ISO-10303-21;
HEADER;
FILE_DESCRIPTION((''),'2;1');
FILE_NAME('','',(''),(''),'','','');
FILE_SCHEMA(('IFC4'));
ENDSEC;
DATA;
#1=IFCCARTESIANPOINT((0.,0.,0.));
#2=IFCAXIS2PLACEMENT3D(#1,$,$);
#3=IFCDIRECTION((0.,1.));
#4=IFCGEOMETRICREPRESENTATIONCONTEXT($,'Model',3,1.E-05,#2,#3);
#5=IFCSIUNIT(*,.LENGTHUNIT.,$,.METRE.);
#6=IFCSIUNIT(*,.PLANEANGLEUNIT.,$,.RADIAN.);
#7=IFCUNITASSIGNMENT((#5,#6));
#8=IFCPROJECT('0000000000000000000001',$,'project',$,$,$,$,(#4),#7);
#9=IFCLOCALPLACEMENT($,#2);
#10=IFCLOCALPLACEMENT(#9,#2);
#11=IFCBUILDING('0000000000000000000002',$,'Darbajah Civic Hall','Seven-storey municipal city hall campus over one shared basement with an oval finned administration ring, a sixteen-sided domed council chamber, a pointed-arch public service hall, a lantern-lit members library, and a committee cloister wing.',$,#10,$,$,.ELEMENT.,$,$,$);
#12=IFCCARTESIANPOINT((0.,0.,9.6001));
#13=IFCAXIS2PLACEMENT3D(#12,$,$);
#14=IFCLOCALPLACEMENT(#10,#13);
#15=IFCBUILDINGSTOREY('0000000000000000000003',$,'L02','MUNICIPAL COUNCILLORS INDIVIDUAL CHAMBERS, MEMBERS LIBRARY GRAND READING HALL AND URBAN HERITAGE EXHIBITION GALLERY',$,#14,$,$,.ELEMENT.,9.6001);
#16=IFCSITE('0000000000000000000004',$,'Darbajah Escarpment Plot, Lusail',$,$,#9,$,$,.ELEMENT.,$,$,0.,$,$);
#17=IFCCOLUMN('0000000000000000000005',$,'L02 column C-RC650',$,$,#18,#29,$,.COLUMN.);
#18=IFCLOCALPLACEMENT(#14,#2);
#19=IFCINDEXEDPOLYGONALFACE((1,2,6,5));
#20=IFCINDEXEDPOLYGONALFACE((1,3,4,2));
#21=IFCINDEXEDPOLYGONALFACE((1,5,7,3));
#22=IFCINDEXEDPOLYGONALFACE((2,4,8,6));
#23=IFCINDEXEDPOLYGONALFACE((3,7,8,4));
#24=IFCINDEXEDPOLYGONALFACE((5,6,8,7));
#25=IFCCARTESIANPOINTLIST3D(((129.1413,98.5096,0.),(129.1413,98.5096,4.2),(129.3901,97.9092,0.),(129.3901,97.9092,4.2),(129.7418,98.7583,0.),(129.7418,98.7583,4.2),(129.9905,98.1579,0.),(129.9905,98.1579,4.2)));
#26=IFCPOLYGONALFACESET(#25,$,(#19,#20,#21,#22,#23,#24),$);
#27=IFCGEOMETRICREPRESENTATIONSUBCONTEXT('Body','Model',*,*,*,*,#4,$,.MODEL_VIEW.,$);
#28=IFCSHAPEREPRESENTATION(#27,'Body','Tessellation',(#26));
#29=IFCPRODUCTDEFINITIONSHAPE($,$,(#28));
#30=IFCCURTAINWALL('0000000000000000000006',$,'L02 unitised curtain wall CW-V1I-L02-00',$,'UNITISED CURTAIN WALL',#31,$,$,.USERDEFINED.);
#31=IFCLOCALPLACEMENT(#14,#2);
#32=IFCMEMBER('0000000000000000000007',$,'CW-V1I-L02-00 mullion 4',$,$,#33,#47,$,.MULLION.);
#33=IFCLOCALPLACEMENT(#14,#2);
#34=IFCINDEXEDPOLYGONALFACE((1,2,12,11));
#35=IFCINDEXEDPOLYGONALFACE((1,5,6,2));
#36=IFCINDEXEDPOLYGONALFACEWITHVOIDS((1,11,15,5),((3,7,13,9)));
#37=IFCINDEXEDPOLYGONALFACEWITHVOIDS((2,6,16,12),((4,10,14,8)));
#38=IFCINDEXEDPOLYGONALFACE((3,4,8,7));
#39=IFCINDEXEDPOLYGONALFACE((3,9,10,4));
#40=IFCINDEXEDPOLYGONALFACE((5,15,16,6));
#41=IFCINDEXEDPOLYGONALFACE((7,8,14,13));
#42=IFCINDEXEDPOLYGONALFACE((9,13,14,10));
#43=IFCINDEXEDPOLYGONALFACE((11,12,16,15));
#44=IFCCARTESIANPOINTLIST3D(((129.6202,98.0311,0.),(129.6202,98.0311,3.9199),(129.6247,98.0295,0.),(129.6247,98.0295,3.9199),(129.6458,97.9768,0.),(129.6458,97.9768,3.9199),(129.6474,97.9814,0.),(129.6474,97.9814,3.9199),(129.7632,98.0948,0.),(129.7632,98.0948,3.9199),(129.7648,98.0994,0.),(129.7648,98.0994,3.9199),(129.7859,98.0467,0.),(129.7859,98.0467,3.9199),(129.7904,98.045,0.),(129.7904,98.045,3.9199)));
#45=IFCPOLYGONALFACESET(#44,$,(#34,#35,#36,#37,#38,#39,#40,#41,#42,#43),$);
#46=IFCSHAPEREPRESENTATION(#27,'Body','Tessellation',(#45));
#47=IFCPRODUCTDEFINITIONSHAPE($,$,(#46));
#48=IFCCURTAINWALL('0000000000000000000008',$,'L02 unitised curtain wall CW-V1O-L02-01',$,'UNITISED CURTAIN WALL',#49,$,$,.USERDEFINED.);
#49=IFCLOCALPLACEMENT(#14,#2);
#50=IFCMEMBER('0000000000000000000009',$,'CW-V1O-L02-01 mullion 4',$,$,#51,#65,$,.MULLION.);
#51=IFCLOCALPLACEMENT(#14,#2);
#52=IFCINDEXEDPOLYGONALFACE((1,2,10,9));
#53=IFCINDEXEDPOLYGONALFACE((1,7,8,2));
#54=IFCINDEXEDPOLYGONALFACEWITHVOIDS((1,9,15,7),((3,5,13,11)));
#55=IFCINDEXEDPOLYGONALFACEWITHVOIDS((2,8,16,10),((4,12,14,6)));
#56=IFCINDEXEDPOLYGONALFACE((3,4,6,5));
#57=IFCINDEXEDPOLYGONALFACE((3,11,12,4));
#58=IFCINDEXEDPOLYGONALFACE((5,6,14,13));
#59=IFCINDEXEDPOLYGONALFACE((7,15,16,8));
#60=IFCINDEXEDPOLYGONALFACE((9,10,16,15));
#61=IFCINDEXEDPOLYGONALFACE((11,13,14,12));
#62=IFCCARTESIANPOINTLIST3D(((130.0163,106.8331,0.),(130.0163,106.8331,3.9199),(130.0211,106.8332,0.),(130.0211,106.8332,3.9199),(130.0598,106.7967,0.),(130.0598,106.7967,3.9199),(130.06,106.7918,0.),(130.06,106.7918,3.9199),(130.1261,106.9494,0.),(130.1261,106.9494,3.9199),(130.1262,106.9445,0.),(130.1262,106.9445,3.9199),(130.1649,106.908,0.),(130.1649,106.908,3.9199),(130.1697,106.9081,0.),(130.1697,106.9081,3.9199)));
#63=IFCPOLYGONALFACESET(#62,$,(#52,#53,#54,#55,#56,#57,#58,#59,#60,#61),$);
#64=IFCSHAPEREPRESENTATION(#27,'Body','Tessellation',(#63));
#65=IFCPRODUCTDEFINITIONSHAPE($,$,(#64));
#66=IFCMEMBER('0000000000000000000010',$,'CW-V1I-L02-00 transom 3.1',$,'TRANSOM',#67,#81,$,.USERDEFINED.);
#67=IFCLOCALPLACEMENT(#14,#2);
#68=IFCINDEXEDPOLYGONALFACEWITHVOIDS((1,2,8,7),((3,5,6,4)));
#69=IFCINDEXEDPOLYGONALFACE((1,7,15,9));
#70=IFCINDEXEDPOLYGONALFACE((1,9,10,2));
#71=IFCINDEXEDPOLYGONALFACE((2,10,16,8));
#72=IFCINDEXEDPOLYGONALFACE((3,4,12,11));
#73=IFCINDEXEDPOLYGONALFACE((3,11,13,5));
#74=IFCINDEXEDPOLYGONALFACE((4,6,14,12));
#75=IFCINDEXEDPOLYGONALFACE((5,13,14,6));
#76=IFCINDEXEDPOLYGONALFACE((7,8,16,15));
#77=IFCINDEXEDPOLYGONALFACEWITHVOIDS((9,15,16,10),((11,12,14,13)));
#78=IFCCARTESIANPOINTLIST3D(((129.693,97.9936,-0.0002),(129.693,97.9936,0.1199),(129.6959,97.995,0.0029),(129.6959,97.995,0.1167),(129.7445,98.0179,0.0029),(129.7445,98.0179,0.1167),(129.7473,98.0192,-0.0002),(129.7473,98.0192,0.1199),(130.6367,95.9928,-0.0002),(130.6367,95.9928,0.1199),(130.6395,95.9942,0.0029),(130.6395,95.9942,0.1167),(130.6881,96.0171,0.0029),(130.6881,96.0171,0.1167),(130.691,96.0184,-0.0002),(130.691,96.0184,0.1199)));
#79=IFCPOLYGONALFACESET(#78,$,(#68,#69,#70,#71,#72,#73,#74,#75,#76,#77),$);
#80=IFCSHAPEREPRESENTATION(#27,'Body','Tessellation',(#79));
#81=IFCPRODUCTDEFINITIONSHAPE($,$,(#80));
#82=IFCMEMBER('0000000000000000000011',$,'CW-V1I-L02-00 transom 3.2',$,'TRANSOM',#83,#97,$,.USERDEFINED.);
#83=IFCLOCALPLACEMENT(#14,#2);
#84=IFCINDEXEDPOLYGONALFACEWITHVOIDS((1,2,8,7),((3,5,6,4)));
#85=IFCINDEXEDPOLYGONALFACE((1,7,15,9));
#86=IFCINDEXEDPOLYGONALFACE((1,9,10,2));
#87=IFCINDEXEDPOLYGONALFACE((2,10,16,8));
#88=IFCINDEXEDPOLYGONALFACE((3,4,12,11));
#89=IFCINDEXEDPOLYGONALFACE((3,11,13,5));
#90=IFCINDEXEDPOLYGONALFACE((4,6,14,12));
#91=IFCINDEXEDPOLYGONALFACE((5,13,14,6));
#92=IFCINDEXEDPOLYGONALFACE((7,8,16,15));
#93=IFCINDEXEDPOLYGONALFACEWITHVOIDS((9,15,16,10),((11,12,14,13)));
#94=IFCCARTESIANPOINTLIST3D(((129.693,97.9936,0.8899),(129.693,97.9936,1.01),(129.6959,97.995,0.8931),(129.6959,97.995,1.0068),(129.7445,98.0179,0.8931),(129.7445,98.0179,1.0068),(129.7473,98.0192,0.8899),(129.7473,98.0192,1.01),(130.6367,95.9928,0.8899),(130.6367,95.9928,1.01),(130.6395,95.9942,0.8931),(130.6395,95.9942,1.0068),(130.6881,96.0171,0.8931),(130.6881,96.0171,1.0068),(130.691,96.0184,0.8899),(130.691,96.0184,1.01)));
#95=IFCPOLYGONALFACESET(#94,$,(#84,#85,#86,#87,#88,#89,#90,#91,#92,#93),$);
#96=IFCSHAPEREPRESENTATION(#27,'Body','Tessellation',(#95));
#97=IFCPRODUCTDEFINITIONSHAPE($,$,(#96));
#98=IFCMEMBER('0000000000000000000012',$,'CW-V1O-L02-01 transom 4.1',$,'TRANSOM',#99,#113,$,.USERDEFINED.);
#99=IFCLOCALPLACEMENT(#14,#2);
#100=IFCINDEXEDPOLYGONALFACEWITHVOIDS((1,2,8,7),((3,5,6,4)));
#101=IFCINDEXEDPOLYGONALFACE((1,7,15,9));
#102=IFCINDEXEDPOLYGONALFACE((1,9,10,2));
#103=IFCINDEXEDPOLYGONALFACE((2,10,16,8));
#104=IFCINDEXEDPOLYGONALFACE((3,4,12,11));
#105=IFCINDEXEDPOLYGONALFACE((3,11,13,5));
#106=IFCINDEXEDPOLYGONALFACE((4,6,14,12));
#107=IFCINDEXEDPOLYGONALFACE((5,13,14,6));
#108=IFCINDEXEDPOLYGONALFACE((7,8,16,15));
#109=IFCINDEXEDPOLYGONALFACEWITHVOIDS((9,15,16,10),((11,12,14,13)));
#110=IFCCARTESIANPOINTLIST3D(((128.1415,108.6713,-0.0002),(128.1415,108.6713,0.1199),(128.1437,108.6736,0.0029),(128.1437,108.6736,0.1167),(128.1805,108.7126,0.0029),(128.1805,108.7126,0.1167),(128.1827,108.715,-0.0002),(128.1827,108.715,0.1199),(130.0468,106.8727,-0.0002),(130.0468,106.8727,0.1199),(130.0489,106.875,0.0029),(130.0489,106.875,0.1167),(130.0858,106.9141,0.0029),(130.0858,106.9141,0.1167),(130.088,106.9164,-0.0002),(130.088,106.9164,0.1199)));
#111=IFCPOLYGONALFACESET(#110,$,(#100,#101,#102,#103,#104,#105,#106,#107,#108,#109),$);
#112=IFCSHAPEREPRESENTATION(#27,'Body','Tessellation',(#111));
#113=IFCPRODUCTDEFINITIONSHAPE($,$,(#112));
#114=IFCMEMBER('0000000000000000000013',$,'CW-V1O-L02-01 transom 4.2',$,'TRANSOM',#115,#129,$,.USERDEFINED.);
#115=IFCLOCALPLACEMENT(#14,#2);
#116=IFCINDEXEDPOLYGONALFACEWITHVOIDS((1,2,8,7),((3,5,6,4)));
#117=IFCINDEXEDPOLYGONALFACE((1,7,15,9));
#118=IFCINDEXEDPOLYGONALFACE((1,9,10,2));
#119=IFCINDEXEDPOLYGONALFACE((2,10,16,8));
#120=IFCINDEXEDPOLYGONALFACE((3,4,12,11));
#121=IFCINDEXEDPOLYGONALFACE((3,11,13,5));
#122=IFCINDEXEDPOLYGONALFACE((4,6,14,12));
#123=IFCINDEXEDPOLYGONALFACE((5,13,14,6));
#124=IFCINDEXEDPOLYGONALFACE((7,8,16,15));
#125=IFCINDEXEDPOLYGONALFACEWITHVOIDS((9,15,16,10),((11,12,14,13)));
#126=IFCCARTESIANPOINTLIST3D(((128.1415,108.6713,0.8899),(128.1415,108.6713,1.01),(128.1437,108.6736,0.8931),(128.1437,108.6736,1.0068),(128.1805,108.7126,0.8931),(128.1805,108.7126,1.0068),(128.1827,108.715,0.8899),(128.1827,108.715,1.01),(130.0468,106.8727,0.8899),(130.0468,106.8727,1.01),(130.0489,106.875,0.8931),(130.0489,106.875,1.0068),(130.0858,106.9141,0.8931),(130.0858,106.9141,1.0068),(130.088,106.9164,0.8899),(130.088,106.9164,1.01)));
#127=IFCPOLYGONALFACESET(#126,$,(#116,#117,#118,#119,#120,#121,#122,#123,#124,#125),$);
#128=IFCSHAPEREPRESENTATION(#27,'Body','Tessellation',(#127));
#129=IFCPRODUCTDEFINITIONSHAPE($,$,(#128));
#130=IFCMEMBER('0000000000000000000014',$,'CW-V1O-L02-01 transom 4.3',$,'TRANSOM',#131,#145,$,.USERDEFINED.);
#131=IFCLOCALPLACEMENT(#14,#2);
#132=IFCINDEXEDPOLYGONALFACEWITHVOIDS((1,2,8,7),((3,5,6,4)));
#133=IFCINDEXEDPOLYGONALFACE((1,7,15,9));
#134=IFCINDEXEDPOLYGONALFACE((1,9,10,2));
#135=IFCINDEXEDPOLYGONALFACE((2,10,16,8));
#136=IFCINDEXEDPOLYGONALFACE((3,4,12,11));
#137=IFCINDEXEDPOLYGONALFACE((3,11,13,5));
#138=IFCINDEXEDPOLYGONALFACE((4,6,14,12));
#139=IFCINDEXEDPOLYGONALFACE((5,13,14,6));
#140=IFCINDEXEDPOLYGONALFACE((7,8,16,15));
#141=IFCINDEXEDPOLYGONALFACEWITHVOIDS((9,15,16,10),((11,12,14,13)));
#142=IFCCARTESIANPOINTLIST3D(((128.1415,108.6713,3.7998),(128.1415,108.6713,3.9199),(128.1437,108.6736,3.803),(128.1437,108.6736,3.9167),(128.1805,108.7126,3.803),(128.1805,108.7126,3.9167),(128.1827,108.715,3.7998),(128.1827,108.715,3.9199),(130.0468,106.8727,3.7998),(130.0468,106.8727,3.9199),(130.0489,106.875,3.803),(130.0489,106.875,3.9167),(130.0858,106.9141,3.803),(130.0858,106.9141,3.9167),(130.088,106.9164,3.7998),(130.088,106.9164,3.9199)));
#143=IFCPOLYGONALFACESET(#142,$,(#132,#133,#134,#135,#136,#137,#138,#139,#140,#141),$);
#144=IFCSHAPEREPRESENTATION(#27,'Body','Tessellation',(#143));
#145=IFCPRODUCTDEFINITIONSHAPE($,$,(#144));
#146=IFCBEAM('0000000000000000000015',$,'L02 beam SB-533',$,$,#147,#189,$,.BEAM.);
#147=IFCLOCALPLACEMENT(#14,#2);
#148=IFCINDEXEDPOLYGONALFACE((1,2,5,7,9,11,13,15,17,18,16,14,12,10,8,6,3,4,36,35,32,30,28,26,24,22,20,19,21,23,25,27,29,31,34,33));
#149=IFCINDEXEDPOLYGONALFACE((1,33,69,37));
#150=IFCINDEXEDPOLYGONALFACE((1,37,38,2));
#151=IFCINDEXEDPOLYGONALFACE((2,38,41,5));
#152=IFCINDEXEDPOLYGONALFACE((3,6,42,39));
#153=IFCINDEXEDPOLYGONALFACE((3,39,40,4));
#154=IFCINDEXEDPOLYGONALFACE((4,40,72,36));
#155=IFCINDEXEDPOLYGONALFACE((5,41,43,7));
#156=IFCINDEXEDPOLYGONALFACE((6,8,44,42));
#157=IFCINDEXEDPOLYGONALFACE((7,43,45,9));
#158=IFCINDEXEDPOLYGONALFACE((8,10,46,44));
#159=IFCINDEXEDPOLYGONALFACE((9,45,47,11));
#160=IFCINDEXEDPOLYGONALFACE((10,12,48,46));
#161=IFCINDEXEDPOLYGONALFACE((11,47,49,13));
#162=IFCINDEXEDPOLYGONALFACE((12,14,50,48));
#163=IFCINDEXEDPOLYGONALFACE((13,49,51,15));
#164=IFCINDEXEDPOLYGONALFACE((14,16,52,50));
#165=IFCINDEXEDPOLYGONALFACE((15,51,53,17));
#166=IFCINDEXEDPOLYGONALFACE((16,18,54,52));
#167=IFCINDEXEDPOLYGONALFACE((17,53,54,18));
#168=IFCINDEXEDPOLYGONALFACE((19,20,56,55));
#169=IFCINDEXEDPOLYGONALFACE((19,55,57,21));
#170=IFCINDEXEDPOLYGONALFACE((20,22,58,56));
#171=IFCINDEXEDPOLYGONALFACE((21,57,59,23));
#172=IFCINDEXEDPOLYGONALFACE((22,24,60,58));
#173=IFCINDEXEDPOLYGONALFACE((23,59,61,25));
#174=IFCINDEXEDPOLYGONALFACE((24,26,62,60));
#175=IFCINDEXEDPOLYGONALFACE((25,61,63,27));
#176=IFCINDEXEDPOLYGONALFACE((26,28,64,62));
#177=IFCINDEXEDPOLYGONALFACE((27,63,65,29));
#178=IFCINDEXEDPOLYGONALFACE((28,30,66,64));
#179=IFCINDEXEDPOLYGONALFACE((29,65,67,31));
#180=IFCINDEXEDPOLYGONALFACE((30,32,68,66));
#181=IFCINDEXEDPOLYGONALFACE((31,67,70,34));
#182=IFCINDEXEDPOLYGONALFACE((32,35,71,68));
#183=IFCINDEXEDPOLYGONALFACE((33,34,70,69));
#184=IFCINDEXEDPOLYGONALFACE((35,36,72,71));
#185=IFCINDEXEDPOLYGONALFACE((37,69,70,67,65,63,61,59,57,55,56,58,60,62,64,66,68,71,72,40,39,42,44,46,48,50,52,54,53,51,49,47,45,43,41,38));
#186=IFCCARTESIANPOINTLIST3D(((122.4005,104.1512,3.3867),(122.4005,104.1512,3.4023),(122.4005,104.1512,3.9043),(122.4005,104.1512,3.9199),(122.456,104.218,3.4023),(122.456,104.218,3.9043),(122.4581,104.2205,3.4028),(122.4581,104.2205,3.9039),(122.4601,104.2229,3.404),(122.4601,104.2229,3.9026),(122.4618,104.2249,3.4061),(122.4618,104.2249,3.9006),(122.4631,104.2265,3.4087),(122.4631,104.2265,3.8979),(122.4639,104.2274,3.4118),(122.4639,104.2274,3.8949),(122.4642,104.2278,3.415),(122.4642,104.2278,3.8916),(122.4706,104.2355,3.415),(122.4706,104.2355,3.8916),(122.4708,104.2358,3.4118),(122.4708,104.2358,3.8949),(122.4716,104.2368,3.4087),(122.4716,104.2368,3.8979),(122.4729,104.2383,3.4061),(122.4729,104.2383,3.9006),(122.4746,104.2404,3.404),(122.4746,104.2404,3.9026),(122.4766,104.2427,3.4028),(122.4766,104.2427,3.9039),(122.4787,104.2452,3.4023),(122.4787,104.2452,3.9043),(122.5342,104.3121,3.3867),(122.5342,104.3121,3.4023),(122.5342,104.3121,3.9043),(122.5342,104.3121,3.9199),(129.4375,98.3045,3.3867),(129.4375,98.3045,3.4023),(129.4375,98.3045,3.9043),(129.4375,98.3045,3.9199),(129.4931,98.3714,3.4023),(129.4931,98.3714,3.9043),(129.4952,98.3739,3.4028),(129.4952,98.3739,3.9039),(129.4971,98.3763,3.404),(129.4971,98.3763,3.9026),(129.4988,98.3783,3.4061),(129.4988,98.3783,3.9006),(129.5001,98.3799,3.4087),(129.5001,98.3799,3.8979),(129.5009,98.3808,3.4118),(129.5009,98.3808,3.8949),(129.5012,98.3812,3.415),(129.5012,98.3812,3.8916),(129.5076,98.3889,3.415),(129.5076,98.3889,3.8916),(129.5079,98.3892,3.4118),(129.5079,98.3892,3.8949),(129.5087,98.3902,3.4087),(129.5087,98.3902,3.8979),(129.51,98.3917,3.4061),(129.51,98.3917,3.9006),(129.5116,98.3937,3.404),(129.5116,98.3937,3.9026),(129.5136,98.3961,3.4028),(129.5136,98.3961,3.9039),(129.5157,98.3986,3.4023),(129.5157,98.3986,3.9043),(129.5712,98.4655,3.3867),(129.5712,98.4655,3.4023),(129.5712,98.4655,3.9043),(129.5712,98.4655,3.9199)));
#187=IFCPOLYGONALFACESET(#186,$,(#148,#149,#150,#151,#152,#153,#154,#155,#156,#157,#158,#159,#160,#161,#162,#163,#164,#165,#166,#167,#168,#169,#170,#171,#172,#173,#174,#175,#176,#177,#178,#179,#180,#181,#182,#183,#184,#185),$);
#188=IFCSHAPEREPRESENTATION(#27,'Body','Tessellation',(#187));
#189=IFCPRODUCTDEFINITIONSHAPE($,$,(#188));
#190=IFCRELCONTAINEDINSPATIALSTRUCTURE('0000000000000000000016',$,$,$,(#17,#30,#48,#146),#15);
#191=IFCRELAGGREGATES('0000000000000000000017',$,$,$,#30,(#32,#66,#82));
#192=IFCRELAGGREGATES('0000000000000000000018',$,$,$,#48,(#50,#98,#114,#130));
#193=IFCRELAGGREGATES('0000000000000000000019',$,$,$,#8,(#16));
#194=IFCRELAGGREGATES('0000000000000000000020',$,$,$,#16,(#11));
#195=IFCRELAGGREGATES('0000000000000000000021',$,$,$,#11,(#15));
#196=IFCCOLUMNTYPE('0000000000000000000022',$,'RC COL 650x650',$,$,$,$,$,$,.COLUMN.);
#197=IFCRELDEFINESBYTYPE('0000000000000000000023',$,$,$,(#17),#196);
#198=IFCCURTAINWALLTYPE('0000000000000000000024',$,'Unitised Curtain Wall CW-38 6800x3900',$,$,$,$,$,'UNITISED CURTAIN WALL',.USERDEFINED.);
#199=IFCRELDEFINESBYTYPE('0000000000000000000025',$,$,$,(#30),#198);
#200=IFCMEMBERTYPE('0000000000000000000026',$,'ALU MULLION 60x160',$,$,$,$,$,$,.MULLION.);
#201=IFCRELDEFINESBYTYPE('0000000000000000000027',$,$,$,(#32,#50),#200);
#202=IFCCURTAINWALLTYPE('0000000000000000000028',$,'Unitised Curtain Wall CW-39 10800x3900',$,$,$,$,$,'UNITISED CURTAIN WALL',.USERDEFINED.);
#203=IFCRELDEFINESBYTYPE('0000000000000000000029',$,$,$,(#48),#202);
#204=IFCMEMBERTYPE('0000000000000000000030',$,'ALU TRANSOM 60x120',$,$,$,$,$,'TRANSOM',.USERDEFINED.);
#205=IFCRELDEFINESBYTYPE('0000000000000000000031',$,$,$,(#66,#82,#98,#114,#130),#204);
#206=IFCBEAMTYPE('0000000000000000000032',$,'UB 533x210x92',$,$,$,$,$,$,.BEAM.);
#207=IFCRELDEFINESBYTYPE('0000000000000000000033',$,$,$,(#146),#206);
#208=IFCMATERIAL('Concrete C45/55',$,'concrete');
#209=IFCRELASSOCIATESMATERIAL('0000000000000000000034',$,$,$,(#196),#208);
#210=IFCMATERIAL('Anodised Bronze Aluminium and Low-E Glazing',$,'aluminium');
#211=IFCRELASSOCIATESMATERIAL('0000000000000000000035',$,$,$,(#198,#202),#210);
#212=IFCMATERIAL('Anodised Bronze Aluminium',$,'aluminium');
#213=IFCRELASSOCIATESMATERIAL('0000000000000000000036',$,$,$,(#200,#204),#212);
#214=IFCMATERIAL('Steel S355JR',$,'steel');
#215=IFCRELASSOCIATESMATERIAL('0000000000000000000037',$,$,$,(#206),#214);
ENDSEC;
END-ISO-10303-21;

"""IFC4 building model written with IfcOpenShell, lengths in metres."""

from ifc_helpers import new_model, si_unit, direction, frame, origin, origin_2d, place, context, subcontext, project, spatial, rectangle, hollow_rectangle, i_section, extrude, material, material_profile, profile_set, type_object, element, aggregate, save


model = new_model("IFC4")

# Units and contexts
model_context = context("Model", 3, precision=1e-05, world=origin(), true_north=direction((0.0, 1.0)))
body_context = subcontext(model_context, "Body", "Model", "MODEL_VIEW")
ifc_project = project(units=[si_unit("LENGTHUNIT", "METRE"), si_unit("PLANEANGLEUNIT", "RADIAN")], contexts=[model_context])

# Site, building, storey
site_placement = place(None, origin())
site = spatial("IfcSite", under=ifc_project, at=site_placement, Name="Darbajah Escarpment Plot, Lusail", CompositionType="ELEMENT", RefElevation=0.0)
building_placement = place(site_placement, origin())
building = spatial("IfcBuilding", under=site, at=building_placement, Name="Darbajah Civic Hall", Description="Seven-storey municipal city hall campus over one shared basement with an oval finned administration ring, a sixteen-sided domed council chamber, a pointed-arch public service hall, a lantern-lit members library, and a committee cloister wing.", CompositionType="ELEMENT")
storey_placement = place(building_placement, frame((0.0, 0.0, 9.6001)))
storey = spatial("IfcBuildingStorey", under=building, at=storey_placement, Name="L02", Description="MUNICIPAL COUNCILLORS INDIVIDUAL CHAMBERS, MEMBERS LIBRARY GRAND READING HALL AND URBAN HERITAGE EXHIBITION GALLERY", CompositionType="ELEMENT", Elevation=9.6001)

# Column
ifc_material_1 = material(Name="Concrete C45/55", Category="concrete")
ifc_material_profile_1 = material_profile(ifc_material_1, rectangle(XDim=0.6499, YDim=0.6499, at=origin_2d()), Name="RC COL 650x650")
ifc_profile_set_1 = profile_set([ifc_material_profile_1], Name="Concrete C45/55")
column_type = type_object("IfcColumnType", Name="RC COL 650x650", PredefinedType="COLUMN", material=ifc_profile_set_1)
column_placement = place(storey_placement, frame((129.5659, 98.3337, 0.0), z_axis=(0.0, 0.0, 1.0), x_axis=(0.92388, 0.382683, 0.0)))
element("IfcColumn", 1, at=column_placement, inside=storey, type_object=column_type, Name="L02 column C-RC650", PredefinedType="COLUMN", context=body_context, shape_type="SweptSolid", body=[
    extrude(rectangle(XDim=0.6499, YDim=0.6499, at=origin_2d()), origin(), (0.0, 0.0, 1.0), 4.2),
])

# Curtain walls, members
ifc_material_2 = material(Name="Anodised Bronze Aluminium and Low-E Glazing", Category="aluminium")
curtain_wall_type_1 = type_object("IfcCurtainWallType", Name="Unitised Curtain Wall CW-38 6800x3900", ElementType="UNITISED CURTAIN WALL", PredefinedType="USERDEFINED", material=ifc_material_2)
curtain_wall_1_placement = place(storey_placement, origin())
curtain_wall_1 = element("IfcCurtainWall", 2, at=curtain_wall_1_placement, inside=storey, type_object=curtain_wall_type_1, Name="L02 unitised curtain wall CW-V1I-L02-00", ObjectType="UNITISED CURTAIN WALL", PredefinedType="USERDEFINED")
ifc_material_3 = material(Name="Anodised Bronze Aluminium", Category="aluminium")
ifc_material_profile_2 = material_profile(ifc_material_3, hollow_rectangle(XDim=0.0601, YDim=0.1599, WallThickness=0.0034, at=origin_2d()), Name="ALU MULLION 60x160")
ifc_profile_set_2 = profile_set([ifc_material_profile_2], Name="Anodised Bronze Aluminium")
member_type_1 = type_object("IfcMemberType", Name="ALU MULLION 60x160", PredefinedType="MULLION", material=ifc_profile_set_2)
member_1_placement = place(storey_placement, frame((129.7053, 98.0381, 0.0), z_axis=(0.0, 0.0, 1.0), x_axis=(-0.426569, 0.904455, 0.0)))
member_1 = element("IfcMember", 3, at=member_1_placement, type_object=member_type_1, Name="CW-V1I-L02-00 mullion 4", PredefinedType="MULLION", context=body_context, shape_type="SweptSolid", body=[
    extrude(hollow_rectangle(XDim=0.0601, YDim=0.1599, WallThickness=0.0034, at=origin_2d()), origin(), (0.0, 0.0, 1.0), 3.9199),
])
curtain_wall_type_2 = type_object("IfcCurtainWallType", Name="Unitised Curtain Wall CW-39 10800x3900", ElementType="UNITISED CURTAIN WALL", PredefinedType="USERDEFINED", material=ifc_material_2)
curtain_wall_2_placement = place(storey_placement, origin())
curtain_wall_2 = element("IfcCurtainWall", 4, at=curtain_wall_2_placement, inside=storey, type_object=curtain_wall_type_2, Name="L02 unitised curtain wall CW-V1O-L02-01", ObjectType="UNITISED CURTAIN WALL", PredefinedType="USERDEFINED")
member_2_placement = place(storey_placement, frame((130.093, 106.8706, 0.0), z_axis=(0.0, 0.0, 1.0), x_axis=(-0.727174, 0.686453, 0.0)))
member_2 = element("IfcMember", 5, at=member_2_placement, type_object=member_type_1, Name="CW-V1O-L02-01 mullion 4", PredefinedType="MULLION", context=body_context, shape_type="SweptSolid", body=[
    extrude(hollow_rectangle(XDim=0.0601, YDim=0.1599, WallThickness=0.0034, at=origin_2d()), origin(), (0.0, 0.0, 1.0), 3.9199),
])

# Members
ifc_material_profile_3 = material_profile(ifc_material_3, hollow_rectangle(XDim=0.0601, YDim=0.1201, WallThickness=0.0032, at=origin_2d()), Name="ALU TRANSOM 60x120")
ifc_profile_set_3 = profile_set([ifc_material_profile_3], Name="Anodised Bronze Aluminium")
member_type_2 = type_object("IfcMemberType", Name="ALU TRANSOM 60x120", ElementType="TRANSOM", PredefinedType="USERDEFINED", material=ifc_profile_set_3)
member_3_placement = place(storey_placement, frame((130.6638, 96.0056, 0.0598), z_axis=(-0.426568, 0.904456, 0.0), x_axis=(-0.904456, -0.426568, 0.0)))
member_3 = element("IfcMember", 6, at=member_3_placement, type_object=member_type_2, Name="CW-V1I-L02-00 transom 3.1", ObjectType="TRANSOM", PredefinedType="USERDEFINED", context=body_context, shape_type="SweptSolid", body=[
    extrude(hollow_rectangle(XDim=0.0601, YDim=0.1201, WallThickness=0.0032, at=origin_2d()), origin(), (0.0, 0.0, 1.0), 2.2122),
])
member_4_placement = place(storey_placement, frame((130.6638, 96.0056, 0.95), z_axis=(-0.426568, 0.904456, 0.0), x_axis=(-0.904456, -0.426568, 0.0)))
member_4 = element("IfcMember", 7, at=member_4_placement, type_object=member_type_2, Name="CW-V1I-L02-00 transom 3.2", ObjectType="TRANSOM", PredefinedType="USERDEFINED", context=body_context, shape_type="SweptSolid", body=[
    extrude(hollow_rectangle(XDim=0.0601, YDim=0.1201, WallThickness=0.0032, at=origin_2d()), origin(), (0.0, 0.0, 1.0), 2.2122),
])
member_5_placement = place(storey_placement, frame((130.0674, 106.8945, 0.0598), z_axis=(-0.727173, 0.686454, 0.0), x_axis=(-0.686454, -0.727173, 0.0)))
member_5 = element("IfcMember", 8, at=member_5_placement, type_object=member_type_2, Name="CW-V1O-L02-01 transom 4.1", ObjectType="TRANSOM", PredefinedType="USERDEFINED", context=body_context, shape_type="SweptSolid", body=[
    extrude(hollow_rectangle(XDim=0.0601, YDim=0.1201, WallThickness=0.0032, at=origin_2d()), origin(), (0.0, 0.0, 1.0), 2.6201),
])
member_6_placement = place(storey_placement, frame((130.0674, 106.8945, 0.95), z_axis=(-0.727173, 0.686454, 0.0), x_axis=(-0.686454, -0.727173, 0.0)))
member_6 = element("IfcMember", 9, at=member_6_placement, type_object=member_type_2, Name="CW-V1O-L02-01 transom 4.2", ObjectType="TRANSOM", PredefinedType="USERDEFINED", context=body_context, shape_type="SweptSolid", body=[
    extrude(hollow_rectangle(XDim=0.0601, YDim=0.1201, WallThickness=0.0032, at=origin_2d()), origin(), (0.0, 0.0, 1.0), 2.6201),
])
member_7_placement = place(storey_placement, frame((130.0674, 106.8945, 3.8599), z_axis=(-0.727173, 0.686454, 0.0), x_axis=(-0.686454, -0.727173, 0.0)))
member_7 = element("IfcMember", 10, at=member_7_placement, type_object=member_type_2, Name="CW-V1O-L02-01 transom 4.3", ObjectType="TRANSOM", PredefinedType="USERDEFINED", context=body_context, shape_type="SweptSolid", body=[
    extrude(hollow_rectangle(XDim=0.0601, YDim=0.1201, WallThickness=0.0032, at=origin_2d()), origin(), (0.0, 0.0, 1.0), 2.6201),
])

# Beam
ifc_material_4 = material(Name="Steel S355JR", Category="steel")
ifc_material_profile_4 = material_profile(ifc_material_4, i_section(OverallWidth=0.2092, OverallDepth=0.5332, WebThickness=0.01, FlangeThickness=0.0156, FilletRadius=0.0127, at=origin_2d()), Name="UB 533x210x92")
ifc_profile_set_4 = profile_set([ifc_material_profile_4], Name="Steel S355JR")
beam_type_1 = type_object("IfcBeamType", Name="UB 533x210x92", PredefinedType="BEAM", material=ifc_profile_set_4)
beam_1_placement = place(storey_placement, frame((129.5044, 98.385, 3.6533), z_axis=(-0.769165, 0.63905, 0.0), x_axis=(-0.63905, -0.769165, 0.0)))
element("IfcBeam", 11, at=beam_1_placement, inside=storey, type_object=beam_type_1, Name="L02 beam SB-533", PredefinedType="BEAM", context=body_context, shape_type="SweptSolid", body=[
    extrude(i_section(OverallWidth=0.2092, OverallDepth=0.5332, WebThickness=0.01, FlangeThickness=0.0156, FilletRadius=0.0127, at=origin_2d()), origin(), (0.0, 0.0, 1.0), 9.1489),
])

aggregate(curtain_wall_1, [member_1, member_3, member_4])
aggregate(curtain_wall_2, [member_2, member_5, member_6, member_7])

save(model, "model.ifc")
